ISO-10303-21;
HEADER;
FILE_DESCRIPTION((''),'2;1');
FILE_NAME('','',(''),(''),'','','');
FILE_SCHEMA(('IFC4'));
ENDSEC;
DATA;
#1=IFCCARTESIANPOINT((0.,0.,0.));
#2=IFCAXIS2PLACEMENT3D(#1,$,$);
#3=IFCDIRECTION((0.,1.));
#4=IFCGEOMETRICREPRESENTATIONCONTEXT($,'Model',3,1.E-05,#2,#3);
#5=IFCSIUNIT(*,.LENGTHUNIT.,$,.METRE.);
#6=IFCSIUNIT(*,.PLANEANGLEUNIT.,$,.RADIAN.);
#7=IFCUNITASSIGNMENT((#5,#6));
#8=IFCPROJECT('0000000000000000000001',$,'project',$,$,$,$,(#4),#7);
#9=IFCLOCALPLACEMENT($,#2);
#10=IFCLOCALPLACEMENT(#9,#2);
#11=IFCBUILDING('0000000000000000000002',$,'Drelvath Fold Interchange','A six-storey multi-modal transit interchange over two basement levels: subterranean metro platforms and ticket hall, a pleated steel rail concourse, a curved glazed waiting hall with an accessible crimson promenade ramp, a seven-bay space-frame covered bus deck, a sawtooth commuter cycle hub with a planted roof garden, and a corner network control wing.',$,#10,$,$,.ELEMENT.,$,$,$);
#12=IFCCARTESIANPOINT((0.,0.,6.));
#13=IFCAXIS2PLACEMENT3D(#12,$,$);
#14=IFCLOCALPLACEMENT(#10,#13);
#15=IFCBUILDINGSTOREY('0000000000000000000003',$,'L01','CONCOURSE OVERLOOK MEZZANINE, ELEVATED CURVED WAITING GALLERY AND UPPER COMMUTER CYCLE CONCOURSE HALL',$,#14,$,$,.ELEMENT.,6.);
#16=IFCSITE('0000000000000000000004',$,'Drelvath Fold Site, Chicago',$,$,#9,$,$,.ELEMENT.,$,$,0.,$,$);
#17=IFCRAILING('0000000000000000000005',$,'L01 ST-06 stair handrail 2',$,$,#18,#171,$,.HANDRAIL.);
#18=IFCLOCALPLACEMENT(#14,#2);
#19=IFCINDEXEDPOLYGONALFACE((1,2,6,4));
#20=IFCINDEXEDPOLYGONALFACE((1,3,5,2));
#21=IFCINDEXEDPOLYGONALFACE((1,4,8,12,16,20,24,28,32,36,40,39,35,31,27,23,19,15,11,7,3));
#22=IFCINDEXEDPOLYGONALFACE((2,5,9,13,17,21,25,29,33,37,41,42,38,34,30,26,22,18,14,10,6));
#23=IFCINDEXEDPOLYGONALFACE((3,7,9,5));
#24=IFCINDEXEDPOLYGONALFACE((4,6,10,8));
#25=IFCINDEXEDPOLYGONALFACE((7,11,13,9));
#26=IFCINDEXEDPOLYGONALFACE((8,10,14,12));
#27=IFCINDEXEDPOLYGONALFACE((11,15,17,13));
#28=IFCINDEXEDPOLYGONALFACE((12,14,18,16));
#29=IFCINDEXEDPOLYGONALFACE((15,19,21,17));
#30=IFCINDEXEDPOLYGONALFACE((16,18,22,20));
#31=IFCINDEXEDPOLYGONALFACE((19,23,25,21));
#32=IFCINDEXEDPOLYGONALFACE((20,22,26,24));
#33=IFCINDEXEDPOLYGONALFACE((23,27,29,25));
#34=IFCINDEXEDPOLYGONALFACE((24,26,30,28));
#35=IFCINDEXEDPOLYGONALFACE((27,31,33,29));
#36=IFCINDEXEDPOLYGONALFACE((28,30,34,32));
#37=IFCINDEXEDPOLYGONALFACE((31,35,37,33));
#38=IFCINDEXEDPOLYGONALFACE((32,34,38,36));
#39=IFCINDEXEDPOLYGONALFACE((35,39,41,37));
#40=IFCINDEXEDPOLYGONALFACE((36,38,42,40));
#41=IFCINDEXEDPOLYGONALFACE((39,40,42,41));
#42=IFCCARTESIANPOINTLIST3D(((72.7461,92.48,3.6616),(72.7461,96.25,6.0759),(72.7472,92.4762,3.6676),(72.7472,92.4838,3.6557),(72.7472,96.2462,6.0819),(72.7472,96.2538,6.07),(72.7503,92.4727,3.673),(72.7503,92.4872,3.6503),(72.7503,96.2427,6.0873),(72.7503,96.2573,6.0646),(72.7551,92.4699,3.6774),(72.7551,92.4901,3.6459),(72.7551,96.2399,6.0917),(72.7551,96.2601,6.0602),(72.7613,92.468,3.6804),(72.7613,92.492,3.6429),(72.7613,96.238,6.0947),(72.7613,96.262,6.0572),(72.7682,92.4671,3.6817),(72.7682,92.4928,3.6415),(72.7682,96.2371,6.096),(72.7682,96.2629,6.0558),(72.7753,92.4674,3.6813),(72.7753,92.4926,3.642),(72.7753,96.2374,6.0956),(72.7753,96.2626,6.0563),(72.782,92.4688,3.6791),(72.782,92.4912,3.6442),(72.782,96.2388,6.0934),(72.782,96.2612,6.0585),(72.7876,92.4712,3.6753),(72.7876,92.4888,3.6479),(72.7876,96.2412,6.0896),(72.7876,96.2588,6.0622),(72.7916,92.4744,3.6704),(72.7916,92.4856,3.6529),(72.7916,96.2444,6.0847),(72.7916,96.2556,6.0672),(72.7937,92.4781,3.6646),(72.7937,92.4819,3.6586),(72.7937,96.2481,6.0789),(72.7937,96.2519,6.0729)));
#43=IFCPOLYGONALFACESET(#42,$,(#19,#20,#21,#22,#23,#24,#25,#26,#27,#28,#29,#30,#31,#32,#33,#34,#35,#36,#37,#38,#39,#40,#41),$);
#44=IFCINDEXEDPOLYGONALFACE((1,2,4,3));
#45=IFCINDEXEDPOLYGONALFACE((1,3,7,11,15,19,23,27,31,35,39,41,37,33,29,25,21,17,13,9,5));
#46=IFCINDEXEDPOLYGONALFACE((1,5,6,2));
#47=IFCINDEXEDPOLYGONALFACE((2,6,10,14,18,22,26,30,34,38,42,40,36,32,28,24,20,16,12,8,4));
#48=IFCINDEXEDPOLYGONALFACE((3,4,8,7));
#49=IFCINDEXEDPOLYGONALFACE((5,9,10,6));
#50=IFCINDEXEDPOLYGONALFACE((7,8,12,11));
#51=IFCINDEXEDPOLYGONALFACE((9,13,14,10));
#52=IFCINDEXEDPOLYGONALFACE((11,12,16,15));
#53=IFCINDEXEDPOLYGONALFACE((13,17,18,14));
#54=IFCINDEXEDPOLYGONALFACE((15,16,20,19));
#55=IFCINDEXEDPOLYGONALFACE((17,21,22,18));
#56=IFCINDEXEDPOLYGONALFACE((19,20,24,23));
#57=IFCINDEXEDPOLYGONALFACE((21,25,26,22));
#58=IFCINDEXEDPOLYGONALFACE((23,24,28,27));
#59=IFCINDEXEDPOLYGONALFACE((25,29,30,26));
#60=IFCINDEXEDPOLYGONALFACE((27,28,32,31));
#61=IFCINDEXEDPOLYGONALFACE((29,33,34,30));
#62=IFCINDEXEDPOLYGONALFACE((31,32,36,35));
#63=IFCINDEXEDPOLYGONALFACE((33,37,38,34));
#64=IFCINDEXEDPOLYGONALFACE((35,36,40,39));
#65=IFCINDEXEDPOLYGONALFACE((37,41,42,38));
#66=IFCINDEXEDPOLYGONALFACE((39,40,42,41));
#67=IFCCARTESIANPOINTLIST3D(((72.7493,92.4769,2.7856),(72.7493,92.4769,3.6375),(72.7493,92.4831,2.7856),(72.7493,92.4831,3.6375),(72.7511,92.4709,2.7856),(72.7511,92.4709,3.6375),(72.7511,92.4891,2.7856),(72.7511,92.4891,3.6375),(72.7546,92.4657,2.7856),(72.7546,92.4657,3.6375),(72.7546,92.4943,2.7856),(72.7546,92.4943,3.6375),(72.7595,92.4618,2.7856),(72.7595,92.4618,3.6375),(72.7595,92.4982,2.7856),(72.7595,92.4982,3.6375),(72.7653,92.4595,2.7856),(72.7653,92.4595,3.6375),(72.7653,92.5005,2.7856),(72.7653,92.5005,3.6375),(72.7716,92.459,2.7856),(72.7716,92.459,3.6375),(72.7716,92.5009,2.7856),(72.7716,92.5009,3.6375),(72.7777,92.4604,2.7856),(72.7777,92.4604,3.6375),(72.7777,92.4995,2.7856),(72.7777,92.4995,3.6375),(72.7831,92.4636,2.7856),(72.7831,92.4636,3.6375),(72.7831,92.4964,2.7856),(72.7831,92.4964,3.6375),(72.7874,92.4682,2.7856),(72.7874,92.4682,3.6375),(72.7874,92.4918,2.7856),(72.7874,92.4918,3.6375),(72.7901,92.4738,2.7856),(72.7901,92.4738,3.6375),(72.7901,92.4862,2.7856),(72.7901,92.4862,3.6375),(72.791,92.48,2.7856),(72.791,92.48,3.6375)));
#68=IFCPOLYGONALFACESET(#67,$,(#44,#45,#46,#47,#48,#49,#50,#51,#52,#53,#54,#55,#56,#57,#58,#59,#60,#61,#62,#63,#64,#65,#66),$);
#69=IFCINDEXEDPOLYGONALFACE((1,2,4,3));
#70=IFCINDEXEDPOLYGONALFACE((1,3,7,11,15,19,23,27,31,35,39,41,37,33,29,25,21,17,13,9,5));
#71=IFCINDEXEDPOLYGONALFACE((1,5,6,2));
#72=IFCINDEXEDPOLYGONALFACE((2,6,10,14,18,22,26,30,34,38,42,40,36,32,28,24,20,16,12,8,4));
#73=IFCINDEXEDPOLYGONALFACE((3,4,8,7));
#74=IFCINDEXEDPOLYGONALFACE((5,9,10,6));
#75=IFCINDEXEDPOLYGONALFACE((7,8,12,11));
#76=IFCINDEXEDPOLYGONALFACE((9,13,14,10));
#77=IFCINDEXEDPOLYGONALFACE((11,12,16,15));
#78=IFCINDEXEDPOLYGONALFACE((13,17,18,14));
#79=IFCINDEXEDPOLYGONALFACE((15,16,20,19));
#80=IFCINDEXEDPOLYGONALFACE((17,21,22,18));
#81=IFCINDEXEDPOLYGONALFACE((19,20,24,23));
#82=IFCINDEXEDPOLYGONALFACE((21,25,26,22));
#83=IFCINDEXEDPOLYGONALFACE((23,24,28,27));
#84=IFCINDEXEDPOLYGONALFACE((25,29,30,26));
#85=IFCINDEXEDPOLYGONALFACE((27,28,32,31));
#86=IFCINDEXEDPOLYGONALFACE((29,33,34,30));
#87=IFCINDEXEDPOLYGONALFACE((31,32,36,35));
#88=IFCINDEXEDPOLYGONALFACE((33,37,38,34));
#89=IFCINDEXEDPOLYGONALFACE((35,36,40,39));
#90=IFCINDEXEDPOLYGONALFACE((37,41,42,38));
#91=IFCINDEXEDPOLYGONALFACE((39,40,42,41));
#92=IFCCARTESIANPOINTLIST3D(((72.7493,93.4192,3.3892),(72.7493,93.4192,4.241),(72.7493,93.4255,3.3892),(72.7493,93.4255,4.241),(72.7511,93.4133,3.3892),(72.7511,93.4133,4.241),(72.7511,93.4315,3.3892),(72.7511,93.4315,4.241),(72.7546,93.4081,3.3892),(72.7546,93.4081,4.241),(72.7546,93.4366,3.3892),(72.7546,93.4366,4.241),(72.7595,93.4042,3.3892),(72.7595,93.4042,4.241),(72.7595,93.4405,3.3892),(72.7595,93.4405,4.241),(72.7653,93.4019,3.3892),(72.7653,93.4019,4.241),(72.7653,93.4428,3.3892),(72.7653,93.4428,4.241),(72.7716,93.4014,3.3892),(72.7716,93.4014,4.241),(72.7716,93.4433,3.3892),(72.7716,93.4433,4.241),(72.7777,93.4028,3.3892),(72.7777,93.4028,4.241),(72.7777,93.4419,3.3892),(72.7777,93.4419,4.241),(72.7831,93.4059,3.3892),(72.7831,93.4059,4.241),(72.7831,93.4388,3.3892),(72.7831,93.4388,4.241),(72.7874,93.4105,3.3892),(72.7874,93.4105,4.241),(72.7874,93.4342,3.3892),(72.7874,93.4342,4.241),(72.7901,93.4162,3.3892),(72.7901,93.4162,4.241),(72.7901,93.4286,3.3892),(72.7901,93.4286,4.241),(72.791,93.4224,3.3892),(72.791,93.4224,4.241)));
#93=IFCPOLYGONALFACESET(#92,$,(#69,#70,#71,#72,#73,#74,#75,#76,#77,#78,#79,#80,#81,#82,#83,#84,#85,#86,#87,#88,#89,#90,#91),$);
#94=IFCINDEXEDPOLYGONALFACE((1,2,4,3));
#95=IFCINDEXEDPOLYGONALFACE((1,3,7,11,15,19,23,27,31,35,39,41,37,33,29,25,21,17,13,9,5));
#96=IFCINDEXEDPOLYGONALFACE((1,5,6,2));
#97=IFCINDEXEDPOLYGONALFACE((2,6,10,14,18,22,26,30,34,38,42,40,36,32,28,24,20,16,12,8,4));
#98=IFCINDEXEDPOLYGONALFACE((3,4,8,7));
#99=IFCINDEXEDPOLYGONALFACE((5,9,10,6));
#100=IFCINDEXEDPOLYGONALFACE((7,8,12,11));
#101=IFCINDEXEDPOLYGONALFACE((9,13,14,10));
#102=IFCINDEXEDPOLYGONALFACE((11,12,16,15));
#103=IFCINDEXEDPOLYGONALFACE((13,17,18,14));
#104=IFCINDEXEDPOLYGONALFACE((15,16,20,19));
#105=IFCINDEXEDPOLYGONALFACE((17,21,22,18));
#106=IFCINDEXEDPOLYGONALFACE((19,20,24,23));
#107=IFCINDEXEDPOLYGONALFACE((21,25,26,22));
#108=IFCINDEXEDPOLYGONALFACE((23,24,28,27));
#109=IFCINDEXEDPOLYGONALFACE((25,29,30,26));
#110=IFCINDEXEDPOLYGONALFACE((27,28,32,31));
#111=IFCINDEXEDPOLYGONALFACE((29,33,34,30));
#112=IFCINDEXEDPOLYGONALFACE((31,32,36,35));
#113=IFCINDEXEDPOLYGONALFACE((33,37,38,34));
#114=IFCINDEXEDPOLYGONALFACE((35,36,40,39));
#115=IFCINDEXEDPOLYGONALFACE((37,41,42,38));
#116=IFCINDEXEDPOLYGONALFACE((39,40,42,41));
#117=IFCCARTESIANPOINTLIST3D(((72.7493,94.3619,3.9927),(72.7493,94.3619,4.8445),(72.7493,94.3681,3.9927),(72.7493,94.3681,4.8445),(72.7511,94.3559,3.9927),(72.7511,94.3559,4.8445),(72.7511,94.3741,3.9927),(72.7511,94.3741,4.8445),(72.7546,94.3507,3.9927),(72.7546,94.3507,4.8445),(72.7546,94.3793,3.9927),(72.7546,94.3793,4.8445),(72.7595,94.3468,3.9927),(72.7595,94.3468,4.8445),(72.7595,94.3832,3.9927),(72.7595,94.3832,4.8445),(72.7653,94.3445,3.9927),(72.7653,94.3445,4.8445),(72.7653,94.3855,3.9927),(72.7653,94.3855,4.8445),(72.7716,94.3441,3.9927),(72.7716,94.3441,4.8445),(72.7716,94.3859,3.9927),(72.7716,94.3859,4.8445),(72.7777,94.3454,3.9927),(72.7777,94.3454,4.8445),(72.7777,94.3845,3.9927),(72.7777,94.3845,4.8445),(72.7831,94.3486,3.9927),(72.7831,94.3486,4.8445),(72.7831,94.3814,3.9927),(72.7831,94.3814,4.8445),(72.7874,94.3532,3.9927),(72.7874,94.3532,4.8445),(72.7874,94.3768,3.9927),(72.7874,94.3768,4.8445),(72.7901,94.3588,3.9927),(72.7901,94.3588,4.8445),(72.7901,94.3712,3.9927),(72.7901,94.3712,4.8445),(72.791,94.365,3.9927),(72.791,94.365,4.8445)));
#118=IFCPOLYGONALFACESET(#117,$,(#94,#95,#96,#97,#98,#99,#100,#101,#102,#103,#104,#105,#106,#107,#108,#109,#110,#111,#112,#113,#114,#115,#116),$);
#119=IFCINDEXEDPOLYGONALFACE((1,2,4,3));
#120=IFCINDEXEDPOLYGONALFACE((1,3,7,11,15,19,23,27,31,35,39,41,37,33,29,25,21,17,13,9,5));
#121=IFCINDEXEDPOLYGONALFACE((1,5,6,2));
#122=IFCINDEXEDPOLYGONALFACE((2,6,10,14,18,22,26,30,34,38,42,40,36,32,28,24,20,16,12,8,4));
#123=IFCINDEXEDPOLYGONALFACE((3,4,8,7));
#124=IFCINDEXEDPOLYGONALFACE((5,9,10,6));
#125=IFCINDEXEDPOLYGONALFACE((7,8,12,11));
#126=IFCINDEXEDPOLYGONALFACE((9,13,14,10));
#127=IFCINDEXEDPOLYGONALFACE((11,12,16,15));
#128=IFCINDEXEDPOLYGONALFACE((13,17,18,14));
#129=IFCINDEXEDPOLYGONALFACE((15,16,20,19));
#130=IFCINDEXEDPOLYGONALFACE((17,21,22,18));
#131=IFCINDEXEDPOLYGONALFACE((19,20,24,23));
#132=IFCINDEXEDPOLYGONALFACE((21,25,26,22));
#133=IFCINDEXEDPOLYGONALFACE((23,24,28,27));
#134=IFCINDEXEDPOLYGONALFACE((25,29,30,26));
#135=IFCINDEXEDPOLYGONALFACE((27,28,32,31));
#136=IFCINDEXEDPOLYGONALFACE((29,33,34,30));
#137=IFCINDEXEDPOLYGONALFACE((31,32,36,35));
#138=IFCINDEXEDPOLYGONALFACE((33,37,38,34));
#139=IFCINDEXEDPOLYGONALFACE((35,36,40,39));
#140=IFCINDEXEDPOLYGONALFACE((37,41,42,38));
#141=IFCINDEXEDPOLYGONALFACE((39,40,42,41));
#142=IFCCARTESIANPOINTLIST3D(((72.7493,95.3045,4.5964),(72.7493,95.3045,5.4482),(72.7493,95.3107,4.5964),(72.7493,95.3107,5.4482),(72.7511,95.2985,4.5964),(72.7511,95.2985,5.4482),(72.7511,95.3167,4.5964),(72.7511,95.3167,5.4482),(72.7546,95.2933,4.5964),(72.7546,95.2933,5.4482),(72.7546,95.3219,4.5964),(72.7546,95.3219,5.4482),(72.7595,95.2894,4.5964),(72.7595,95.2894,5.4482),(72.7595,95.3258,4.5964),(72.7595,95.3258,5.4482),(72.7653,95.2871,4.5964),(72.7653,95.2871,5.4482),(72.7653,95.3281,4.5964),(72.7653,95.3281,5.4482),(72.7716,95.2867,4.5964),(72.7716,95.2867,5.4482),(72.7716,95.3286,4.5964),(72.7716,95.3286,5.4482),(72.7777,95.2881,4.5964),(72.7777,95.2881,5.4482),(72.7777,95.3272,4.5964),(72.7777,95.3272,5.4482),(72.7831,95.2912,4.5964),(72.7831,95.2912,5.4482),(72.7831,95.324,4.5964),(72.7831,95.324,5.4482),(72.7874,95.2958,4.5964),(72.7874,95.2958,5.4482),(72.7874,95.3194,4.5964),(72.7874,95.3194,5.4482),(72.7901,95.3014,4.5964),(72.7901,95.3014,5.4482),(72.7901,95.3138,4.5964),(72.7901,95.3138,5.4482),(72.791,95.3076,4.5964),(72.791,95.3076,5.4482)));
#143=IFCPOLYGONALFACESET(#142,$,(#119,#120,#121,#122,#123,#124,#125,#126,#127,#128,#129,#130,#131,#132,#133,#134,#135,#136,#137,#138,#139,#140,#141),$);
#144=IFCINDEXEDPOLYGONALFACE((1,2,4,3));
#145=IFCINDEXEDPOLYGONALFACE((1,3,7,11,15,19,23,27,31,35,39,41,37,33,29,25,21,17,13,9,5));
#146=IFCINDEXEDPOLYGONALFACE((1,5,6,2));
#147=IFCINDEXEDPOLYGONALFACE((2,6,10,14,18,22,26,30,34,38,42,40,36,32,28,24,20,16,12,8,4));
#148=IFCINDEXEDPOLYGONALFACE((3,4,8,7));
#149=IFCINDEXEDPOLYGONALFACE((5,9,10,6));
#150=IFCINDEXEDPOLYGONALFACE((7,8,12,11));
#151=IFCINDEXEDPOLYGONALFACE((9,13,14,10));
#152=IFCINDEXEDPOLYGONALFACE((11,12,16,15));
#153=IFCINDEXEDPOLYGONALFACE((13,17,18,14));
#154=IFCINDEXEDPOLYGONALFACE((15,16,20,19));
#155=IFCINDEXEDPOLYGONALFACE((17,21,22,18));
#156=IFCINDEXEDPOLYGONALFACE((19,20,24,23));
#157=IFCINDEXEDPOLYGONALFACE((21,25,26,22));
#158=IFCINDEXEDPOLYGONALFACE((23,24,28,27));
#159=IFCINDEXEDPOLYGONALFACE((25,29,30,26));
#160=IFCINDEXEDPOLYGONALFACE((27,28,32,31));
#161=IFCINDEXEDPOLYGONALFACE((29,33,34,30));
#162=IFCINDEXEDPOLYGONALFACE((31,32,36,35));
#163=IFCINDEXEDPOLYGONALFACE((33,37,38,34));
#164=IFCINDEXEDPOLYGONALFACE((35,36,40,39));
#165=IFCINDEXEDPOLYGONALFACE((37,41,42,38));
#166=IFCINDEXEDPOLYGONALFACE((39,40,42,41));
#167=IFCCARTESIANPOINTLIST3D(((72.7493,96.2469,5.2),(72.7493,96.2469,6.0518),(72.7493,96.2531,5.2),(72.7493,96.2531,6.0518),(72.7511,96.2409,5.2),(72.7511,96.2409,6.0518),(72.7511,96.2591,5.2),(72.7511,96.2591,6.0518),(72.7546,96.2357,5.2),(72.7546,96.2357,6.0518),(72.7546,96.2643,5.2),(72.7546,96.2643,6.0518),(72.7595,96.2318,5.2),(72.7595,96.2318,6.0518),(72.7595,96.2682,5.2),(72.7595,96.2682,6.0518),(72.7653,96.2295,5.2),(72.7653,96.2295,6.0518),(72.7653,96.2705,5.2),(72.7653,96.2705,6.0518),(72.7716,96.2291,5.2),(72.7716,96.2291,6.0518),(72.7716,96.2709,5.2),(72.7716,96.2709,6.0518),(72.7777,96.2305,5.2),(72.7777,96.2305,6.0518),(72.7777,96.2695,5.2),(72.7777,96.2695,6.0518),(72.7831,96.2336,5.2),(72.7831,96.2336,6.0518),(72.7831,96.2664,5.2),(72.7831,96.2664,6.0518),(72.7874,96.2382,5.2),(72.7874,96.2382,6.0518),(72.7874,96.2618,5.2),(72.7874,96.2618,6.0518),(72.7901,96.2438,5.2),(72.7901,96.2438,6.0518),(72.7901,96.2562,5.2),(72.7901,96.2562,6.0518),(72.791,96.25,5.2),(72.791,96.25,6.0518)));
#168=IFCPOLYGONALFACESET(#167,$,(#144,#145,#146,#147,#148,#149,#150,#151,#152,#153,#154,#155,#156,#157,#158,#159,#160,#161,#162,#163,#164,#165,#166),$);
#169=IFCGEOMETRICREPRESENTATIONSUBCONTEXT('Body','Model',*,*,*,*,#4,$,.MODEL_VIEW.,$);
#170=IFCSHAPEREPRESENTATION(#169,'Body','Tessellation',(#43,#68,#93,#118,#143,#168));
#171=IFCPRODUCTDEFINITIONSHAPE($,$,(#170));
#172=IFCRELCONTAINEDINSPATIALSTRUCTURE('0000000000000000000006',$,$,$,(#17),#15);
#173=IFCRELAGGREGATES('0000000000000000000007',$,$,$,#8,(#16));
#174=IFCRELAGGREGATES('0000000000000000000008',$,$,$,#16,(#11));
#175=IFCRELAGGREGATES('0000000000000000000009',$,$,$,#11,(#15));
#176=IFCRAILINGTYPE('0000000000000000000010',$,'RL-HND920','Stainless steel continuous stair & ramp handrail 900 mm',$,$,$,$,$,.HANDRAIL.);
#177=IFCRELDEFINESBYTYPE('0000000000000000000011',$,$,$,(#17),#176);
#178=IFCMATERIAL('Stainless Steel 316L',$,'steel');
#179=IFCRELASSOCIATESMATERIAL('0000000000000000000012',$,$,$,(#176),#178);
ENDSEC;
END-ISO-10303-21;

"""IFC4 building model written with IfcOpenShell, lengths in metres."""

from ifc_helpers import new_model, si_unit, direction, frame, origin, origin_2d, place, context, subcontext, project, spatial, circle, extrude, material, type_object, element, save


model = new_model("IFC4")

# Units and contexts
model_context = context("Model", 3, precision=1e-05, world=origin(), true_north=direction((0.0, 1.0)))
body_context = subcontext(model_context, "Body", "Model", "MODEL_VIEW")
ifc_project = project(units=[si_unit("LENGTHUNIT", "METRE"), si_unit("PLANEANGLEUNIT", "RADIAN")], contexts=[model_context])

# Site, building, storey
site_placement = place(None, origin())
site = spatial("IfcSite", under=ifc_project, at=site_placement, Name="Drelvath Fold Site, Chicago", CompositionType="ELEMENT", RefElevation=0.0)
building_placement = place(site_placement, origin())
building = spatial("IfcBuilding", under=site, at=building_placement, Name="Drelvath Fold Interchange", Description="A six-storey multi-modal transit interchange over two basement levels: subterranean metro platforms and ticket hall, a pleated steel rail concourse, a curved glazed waiting hall with an accessible crimson promenade ramp, a seven-bay space-frame covered bus deck, a sawtooth commuter cycle hub with a planted roof garden, and a corner network control wing.", CompositionType="ELEMENT")
storey_placement = place(building_placement, frame((0.0, 0.0, 6.0)))
storey = spatial("IfcBuildingStorey", under=building, at=storey_placement, Name="L01", Description="CONCOURSE OVERLOOK MEZZANINE, ELEVATED CURVED WAITING GALLERY AND UPPER COMMUTER CYCLE CONCOURSE HALL", CompositionType="ELEMENT", Elevation=6.0)

# Railing
ifc_material_1 = material(Name="Stainless Steel 316L", Category="steel")
railing_type_1 = type_object("IfcRailingType", Name="RL-HND920", Description="Stainless steel continuous stair & ramp handrail 900 mm", PredefinedType="HANDRAIL", material=ifc_material_1)
railing_1_placement = place(storey_placement, frame((72.77, 92.48, 2.7856)))
element("IfcRailing", 1, at=railing_1_placement, inside=storey, type_object=railing_type_1, Name="L01 ST-06 stair handrail 2", PredefinedType="HANDRAIL", context=body_context, shape_type="SweptSolid", body=[
    extrude(circle(Radius=0.0239, at=origin_2d()), frame((0.0, 0.0, 0.876), z_axis=(0.0, 0.84212, 0.53929), x_axis=(-1.0, 0.0, 0.0)), (0.0, 0.0, 1.0), 4.4768),
    extrude(circle(Radius=0.021, at=origin_2d()), origin(), (0.0, 0.0, 1.0), 0.8518),
    extrude(circle(Radius=0.021, at=origin_2d()), frame((0.0, 0.9424, 0.6035)), (0.0, 0.0, 1.0), 0.8518),
    extrude(circle(Radius=0.021, at=origin_2d()), frame((0.0, 1.885, 1.207)), (0.0, 0.0, 1.0), 0.8518),
    extrude(circle(Radius=0.021, at=origin_2d()), frame((0.0, 2.8276, 1.8108)), (0.0, 0.0, 1.0), 0.8518),
    extrude(circle(Radius=0.021, at=origin_2d()), frame((0.0, 3.77, 2.4143)), (0.0, 0.0, 1.0), 0.8518),
])

save(model, "model.ifc")
